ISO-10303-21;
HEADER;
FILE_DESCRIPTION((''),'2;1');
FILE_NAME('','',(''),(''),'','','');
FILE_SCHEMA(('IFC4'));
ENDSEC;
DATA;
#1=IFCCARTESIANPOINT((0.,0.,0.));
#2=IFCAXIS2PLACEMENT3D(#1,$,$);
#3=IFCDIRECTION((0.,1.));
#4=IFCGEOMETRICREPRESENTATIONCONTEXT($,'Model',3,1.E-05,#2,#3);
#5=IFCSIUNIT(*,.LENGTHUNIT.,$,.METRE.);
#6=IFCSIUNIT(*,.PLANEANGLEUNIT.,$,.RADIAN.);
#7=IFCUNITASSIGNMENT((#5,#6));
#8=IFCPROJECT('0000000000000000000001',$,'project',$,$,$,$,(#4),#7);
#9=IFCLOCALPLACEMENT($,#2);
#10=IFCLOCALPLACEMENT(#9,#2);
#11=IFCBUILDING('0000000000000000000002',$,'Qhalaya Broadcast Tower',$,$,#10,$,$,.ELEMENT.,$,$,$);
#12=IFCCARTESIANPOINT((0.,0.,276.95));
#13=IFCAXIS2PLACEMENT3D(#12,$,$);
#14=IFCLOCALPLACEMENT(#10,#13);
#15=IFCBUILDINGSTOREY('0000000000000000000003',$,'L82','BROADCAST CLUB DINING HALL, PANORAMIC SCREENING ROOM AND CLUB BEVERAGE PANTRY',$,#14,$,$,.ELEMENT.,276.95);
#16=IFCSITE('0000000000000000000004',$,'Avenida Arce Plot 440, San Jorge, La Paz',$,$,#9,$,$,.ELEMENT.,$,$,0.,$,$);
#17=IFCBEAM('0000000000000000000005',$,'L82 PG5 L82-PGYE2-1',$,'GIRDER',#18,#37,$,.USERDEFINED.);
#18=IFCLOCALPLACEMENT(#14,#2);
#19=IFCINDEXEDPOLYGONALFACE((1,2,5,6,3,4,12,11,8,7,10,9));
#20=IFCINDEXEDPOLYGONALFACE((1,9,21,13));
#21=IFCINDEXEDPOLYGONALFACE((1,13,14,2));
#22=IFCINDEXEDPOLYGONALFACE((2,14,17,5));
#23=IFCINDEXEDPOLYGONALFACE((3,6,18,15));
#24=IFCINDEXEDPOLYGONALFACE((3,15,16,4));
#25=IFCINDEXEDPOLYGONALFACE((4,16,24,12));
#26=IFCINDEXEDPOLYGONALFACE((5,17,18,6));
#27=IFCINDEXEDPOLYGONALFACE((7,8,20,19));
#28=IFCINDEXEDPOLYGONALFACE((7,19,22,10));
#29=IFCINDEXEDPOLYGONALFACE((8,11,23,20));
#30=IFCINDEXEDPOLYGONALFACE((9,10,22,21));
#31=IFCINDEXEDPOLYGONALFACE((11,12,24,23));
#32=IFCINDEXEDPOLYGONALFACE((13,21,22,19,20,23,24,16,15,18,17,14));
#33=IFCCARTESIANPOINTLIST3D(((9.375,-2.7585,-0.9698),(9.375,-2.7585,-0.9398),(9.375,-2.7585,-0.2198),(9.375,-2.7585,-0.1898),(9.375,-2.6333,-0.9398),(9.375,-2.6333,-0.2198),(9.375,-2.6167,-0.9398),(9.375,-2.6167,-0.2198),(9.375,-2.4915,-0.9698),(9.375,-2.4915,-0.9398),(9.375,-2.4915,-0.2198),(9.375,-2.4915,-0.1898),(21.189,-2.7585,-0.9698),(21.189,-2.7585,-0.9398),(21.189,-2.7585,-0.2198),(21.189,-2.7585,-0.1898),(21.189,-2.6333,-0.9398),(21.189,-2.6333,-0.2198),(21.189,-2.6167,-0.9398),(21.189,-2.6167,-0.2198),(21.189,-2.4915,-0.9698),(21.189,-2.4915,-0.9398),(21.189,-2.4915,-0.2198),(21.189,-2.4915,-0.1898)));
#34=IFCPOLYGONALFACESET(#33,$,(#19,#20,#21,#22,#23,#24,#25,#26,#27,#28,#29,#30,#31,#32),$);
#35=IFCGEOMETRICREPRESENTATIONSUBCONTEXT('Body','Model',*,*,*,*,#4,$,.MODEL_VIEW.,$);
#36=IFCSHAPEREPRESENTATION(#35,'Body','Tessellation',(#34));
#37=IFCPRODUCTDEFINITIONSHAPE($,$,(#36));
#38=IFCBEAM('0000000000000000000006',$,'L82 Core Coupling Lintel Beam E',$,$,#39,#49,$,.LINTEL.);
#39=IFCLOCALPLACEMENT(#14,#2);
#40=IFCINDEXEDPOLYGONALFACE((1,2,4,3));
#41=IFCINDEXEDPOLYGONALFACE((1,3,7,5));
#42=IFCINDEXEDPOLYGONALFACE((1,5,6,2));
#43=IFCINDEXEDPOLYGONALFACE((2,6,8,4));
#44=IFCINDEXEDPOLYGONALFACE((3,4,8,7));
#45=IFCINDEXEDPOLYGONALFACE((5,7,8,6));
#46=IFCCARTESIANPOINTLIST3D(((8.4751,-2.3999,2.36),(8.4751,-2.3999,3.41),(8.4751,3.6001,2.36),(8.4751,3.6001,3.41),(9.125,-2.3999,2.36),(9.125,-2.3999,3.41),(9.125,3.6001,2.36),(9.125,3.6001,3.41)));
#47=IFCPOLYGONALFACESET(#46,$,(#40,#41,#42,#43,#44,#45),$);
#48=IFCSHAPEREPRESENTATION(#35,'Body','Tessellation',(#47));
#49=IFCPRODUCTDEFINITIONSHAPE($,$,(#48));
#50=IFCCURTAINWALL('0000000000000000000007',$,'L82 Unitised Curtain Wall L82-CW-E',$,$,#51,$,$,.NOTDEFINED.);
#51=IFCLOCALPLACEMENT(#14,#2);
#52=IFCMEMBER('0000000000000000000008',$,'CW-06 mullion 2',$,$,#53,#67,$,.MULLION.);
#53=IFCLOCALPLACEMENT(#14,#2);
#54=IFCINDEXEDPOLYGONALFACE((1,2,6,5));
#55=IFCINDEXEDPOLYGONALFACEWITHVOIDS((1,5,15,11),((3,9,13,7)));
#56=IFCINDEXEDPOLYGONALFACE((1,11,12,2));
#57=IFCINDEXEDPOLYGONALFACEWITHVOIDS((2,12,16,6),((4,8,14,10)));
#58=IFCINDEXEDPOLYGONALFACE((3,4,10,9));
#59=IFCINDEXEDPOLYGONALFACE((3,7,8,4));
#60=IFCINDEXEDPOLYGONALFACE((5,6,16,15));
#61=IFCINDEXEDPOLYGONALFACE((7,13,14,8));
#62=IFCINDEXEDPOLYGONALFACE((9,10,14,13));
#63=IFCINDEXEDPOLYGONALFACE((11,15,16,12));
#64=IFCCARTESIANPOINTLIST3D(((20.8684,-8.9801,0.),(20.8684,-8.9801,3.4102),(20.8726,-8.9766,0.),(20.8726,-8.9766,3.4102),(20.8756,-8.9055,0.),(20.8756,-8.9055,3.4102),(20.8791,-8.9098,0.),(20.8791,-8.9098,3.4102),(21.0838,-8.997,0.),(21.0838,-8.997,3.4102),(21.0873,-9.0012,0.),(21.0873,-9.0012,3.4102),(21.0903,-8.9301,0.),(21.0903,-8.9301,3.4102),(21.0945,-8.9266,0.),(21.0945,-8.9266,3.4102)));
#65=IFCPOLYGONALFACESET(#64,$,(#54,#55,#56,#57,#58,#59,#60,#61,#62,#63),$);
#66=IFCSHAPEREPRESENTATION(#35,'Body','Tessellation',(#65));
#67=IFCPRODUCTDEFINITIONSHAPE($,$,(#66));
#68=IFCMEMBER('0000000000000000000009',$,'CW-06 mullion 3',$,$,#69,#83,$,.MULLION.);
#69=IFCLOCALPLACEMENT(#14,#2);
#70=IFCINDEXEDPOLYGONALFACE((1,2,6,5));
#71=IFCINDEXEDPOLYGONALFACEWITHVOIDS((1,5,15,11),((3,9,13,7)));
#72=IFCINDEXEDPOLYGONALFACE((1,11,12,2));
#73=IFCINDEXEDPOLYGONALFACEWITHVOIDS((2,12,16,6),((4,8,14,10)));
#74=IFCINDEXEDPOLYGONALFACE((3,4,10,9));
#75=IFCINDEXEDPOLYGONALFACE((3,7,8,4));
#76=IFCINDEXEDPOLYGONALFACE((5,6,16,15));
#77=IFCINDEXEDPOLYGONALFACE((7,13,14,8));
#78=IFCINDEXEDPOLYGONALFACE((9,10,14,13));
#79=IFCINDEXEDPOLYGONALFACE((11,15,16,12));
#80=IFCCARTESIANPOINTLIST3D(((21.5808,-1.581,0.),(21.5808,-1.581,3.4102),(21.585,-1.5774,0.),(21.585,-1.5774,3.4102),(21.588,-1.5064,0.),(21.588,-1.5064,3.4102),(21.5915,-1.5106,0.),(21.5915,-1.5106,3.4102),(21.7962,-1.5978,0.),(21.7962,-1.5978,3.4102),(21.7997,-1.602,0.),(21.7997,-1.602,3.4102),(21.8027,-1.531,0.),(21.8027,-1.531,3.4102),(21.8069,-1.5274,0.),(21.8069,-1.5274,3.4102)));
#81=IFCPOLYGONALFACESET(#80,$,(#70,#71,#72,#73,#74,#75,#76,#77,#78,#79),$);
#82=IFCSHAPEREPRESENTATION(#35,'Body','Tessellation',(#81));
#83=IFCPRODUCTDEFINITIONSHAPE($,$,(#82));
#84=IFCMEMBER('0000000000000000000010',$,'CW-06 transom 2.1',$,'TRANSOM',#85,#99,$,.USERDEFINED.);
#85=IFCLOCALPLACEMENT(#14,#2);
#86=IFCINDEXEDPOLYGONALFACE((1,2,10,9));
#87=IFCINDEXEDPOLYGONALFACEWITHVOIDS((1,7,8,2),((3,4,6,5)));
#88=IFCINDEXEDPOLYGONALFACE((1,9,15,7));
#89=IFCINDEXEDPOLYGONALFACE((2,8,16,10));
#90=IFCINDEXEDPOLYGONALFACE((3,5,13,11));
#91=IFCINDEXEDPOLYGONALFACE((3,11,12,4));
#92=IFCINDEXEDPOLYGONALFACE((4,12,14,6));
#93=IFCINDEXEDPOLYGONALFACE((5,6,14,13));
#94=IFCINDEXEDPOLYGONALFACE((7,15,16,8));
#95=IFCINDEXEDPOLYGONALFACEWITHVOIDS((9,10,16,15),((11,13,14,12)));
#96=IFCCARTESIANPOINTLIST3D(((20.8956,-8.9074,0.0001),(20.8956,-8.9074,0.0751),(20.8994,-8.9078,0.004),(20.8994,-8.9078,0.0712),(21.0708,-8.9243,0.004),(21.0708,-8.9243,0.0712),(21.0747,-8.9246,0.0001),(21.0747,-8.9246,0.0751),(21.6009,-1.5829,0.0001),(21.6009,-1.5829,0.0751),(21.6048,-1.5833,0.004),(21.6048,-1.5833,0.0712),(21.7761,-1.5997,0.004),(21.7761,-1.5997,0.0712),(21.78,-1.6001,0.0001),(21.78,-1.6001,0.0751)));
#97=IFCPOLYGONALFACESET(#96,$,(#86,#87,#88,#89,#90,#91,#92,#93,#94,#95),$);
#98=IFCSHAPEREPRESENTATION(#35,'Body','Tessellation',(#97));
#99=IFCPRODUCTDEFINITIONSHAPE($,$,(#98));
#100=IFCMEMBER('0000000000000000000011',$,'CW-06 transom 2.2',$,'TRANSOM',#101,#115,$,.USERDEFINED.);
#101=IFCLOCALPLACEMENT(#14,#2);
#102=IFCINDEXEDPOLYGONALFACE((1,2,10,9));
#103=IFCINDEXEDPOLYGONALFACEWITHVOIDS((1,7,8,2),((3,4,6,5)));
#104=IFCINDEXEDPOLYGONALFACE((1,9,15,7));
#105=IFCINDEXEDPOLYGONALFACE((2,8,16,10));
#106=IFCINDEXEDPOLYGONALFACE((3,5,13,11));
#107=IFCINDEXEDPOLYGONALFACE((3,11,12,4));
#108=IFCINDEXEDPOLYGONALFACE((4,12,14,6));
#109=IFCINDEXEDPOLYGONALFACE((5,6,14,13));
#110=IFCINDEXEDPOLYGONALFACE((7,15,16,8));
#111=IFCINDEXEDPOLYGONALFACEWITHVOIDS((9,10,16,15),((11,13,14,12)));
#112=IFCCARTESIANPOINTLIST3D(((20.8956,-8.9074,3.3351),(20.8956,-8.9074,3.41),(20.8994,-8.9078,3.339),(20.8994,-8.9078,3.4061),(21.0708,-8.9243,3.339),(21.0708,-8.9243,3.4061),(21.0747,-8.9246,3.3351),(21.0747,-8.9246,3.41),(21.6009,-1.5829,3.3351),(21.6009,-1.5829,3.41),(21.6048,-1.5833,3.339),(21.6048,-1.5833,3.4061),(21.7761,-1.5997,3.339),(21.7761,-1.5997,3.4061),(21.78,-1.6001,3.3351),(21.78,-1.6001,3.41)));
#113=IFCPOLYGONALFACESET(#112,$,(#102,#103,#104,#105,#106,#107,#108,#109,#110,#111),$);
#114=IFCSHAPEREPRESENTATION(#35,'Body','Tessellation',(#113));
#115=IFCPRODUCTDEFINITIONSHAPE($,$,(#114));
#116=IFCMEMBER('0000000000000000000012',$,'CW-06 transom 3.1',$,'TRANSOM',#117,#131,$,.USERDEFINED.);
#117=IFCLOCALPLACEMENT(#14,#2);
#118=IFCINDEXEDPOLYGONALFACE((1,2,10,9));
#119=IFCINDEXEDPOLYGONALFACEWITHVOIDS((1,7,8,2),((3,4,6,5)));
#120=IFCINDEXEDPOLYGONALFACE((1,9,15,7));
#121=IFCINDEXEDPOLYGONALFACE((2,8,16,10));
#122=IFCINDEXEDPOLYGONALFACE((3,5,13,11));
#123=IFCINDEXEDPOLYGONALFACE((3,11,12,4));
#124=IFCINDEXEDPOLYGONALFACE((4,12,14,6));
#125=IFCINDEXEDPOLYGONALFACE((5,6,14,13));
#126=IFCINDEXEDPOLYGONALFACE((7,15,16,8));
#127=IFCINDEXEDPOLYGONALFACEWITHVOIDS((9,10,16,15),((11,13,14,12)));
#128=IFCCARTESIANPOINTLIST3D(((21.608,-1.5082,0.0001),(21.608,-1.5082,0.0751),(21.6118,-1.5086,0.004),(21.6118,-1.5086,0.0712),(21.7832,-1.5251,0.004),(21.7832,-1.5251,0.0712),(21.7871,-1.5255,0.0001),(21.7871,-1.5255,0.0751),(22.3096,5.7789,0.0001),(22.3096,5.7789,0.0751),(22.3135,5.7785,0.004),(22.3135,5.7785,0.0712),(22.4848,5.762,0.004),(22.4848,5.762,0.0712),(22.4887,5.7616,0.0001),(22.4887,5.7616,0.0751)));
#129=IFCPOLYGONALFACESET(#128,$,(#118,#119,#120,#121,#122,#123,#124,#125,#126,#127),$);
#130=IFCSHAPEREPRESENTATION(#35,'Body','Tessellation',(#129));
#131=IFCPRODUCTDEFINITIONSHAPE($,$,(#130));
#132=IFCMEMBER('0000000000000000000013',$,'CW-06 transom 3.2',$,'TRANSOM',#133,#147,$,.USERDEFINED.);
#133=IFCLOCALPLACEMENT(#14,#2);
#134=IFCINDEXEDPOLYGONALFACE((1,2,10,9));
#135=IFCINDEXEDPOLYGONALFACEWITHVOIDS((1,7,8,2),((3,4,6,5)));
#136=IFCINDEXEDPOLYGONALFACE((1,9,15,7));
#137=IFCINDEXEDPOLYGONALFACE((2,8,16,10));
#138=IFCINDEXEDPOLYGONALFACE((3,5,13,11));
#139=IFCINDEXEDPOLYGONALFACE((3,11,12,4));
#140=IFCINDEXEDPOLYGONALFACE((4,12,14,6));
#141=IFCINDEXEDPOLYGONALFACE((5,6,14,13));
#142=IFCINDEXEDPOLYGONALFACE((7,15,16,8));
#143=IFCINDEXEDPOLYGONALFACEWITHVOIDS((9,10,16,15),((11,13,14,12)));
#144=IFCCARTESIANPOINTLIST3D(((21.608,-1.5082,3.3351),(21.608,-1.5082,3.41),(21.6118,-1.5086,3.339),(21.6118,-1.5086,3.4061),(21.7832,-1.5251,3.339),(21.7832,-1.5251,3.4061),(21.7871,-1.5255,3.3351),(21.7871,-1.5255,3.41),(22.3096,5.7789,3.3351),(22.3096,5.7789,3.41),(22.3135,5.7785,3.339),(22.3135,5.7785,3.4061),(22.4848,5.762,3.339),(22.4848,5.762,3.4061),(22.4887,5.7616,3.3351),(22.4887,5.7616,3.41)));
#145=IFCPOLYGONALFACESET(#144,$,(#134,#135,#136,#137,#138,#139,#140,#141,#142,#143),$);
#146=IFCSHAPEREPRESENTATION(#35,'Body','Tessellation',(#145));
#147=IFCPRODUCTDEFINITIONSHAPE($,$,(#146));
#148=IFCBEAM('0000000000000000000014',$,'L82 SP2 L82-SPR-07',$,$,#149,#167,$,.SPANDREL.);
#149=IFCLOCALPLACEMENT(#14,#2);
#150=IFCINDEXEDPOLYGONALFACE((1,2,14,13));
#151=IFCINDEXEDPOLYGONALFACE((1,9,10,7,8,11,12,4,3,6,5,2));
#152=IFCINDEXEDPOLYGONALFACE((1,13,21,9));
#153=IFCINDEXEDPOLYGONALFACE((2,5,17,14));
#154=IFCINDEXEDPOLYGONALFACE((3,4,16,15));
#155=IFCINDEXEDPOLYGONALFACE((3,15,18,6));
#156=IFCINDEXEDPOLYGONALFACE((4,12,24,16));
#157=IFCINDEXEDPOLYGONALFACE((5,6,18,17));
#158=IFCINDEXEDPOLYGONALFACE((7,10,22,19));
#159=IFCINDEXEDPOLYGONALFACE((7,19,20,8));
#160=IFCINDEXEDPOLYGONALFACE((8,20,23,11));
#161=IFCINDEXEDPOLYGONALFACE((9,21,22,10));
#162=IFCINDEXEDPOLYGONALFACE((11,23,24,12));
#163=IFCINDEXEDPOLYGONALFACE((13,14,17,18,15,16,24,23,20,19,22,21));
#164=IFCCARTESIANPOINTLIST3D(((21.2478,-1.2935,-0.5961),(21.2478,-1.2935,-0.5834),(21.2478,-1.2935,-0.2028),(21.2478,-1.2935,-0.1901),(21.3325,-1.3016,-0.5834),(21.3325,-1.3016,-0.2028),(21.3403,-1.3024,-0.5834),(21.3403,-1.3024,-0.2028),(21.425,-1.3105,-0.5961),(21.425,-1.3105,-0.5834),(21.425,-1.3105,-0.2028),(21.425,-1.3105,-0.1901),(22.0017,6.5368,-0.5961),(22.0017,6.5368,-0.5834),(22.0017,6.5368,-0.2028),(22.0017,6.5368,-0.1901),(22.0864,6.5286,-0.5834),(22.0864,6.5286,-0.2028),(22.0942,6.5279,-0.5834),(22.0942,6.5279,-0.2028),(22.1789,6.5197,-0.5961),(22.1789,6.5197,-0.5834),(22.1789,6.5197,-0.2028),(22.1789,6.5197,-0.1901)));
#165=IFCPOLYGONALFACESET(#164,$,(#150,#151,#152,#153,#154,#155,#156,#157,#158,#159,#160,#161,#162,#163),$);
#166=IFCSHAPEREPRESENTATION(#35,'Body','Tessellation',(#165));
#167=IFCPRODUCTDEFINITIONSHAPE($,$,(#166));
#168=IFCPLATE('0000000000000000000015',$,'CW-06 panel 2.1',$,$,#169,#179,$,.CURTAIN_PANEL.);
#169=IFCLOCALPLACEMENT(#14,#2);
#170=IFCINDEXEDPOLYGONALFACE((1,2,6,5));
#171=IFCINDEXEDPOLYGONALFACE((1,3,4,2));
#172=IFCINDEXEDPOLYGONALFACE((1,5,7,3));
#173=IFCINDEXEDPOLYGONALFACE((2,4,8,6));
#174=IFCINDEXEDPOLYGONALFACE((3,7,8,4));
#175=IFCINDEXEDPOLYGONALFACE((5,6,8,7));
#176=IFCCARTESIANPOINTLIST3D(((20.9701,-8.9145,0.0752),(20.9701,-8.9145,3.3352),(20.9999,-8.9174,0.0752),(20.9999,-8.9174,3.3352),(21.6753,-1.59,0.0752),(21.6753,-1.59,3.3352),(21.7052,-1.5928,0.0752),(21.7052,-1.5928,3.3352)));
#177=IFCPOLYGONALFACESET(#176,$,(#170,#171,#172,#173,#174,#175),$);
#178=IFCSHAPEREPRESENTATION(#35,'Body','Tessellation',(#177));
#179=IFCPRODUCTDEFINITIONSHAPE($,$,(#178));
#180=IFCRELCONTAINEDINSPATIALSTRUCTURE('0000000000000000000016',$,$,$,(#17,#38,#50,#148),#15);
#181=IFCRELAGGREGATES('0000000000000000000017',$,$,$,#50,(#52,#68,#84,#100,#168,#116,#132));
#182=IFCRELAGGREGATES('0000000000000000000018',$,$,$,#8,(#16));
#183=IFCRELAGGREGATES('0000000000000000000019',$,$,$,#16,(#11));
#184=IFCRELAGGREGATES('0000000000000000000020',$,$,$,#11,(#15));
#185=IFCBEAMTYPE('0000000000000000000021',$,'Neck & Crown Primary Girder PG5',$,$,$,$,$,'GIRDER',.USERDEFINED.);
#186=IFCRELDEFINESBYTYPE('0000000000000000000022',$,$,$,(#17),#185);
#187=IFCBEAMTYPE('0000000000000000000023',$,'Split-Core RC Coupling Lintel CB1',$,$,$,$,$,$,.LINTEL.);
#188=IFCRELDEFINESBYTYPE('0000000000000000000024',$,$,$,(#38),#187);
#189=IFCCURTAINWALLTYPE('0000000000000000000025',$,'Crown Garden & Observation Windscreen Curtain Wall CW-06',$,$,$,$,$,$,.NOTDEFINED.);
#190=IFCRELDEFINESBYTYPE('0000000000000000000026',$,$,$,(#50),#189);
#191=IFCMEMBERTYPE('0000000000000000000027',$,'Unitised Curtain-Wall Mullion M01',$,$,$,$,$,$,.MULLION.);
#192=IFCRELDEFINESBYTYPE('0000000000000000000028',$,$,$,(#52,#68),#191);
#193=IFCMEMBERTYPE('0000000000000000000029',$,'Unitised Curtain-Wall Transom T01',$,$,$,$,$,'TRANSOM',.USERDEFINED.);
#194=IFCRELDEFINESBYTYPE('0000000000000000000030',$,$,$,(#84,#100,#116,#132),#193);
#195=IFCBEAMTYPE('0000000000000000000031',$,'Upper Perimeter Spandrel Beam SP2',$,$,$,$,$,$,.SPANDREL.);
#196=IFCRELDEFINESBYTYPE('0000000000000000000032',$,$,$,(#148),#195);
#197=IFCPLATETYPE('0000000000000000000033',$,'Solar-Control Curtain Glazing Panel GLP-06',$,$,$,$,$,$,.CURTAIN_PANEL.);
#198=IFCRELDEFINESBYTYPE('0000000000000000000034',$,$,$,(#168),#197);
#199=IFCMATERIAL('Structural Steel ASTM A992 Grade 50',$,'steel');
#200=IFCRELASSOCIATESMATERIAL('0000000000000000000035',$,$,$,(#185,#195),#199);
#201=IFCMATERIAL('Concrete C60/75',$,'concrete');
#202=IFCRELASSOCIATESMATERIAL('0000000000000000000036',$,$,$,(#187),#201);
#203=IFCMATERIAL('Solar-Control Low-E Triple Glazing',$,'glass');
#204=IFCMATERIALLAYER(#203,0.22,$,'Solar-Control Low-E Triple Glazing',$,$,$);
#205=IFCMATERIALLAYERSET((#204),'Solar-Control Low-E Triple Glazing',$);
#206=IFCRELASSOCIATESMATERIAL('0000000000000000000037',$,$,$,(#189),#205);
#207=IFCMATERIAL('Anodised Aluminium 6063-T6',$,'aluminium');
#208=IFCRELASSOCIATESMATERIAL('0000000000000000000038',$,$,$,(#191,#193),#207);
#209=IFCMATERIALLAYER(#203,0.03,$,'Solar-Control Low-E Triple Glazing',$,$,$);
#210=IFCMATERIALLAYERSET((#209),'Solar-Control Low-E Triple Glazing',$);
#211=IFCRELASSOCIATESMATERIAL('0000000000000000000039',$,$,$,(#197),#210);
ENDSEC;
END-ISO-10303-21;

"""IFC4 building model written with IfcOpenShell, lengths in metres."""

from ifc_helpers import new_model, si_unit, direction, frame, origin, origin_2d, place, context, subcontext, project, spatial, rectangle, hollow_rectangle, i_section, extrude, material, layer, layer_set, material_profile, profile_set, type_object, element, aggregate, save


model = new_model("IFC4")

# Units and contexts
model_context = context("Model", 3, precision=1e-05, world=origin(), true_north=direction((0.0, 1.0)))
body_context = subcontext(model_context, "Body", "Model", "MODEL_VIEW")
ifc_project = project(units=[si_unit("LENGTHUNIT", "METRE"), si_unit("PLANEANGLEUNIT", "RADIAN")], contexts=[model_context])

# Site, building, storey
site_placement = place(None, origin())
site = spatial("IfcSite", under=ifc_project, at=site_placement, Name="Avenida Arce Plot 440, San Jorge, La Paz", CompositionType="ELEMENT", RefElevation=0.0)
building_placement = place(site_placement, origin())
building = spatial("IfcBuilding", under=site, at=building_placement, Name="Qhalaya Broadcast Tower", CompositionType="ELEMENT")
storey_placement = place(building_placement, frame((0.0, 0.0, 276.95)))
storey = spatial("IfcBuildingStorey", under=building, at=storey_placement, Name="L82", Description="BROADCAST CLUB DINING HALL, PANORAMIC SCREENING ROOM AND CLUB BEVERAGE PANTRY", CompositionType="ELEMENT", Elevation=276.95)

# Beams
ifc_material_1 = material(Name="Structural Steel ASTM A992 Grade 50", Category="steel")
ifc_material_profile_1 = material_profile(ifc_material_1, i_section(OverallWidth=0.2671, OverallDepth=0.78, WebThickness=0.0166, FlangeThickness=0.03, at=origin_2d()), Name="W30X148")
ifc_profile_set_1 = profile_set([ifc_material_profile_1], Name="Structural Steel ASTM A992 Grade 50")
beam_type_1 = type_object("IfcBeamType", Name="Neck & Crown Primary Girder PG5", ElementType="GIRDER", PredefinedType="USERDEFINED", material=ifc_profile_set_1)
beam_1_placement = place(storey_placement, frame((9.375, -2.625, -0.5798), z_axis=(1.0, 0.0, 0.0), x_axis=(0.0, 1.0, 0.0)))
element("IfcBeam", 1, at=beam_1_placement, inside=storey, type_object=beam_type_1, Name="L82 PG5 L82-PGYE2-1", ObjectType="GIRDER", PredefinedType="USERDEFINED", context=body_context, shape_type="SweptSolid", body=[
    extrude(i_section(OverallWidth=0.2671, OverallDepth=0.78, WebThickness=0.0166, FlangeThickness=0.03, at=origin_2d()), origin(), (0.0, 0.0, 1.0), 11.814),
])
ifc_material_2 = material(Name="Concrete C60/75", Category="concrete")
ifc_material_profile_2 = material_profile(ifc_material_2, rectangle(XDim=0.6499, YDim=1.05, at=origin_2d()), Name="RC-CB 650x1050")
ifc_profile_set_2 = profile_set([ifc_material_profile_2], Name="Concrete C60/75")
beam_type_2 = type_object("IfcBeamType", Name="Split-Core RC Coupling Lintel CB1", PredefinedType="LINTEL", material=ifc_profile_set_2)
beam_2_placement = place(storey_placement, frame((8.8, -2.3999, 2.885), z_axis=(0.0, 1.0, 0.0), x_axis=(-1.0, 0.0, 0.0)))
element("IfcBeam", 2, at=beam_2_placement, inside=storey, type_object=beam_type_2, Name="L82 Core Coupling Lintel Beam E", PredefinedType="LINTEL", context=body_context, shape_type="SweptSolid", body=[
    extrude(rectangle(XDim=0.6499, YDim=1.05, at=origin_2d()), origin(), (0.0, 0.0, 1.0), 6.0),
])

# Curtain wall, members
ifc_material_3 = material(Name="Solar-Control Low-E Triple Glazing", Category="glass")
ifc_layer_1 = layer(ifc_material_3, 0.22, Name="Solar-Control Low-E Triple Glazing")
ifc_layer_set_1 = layer_set([ifc_layer_1], Name="Solar-Control Low-E Triple Glazing")
curtain_wall_type = type_object("IfcCurtainWallType", Name="Crown Garden & Observation Windscreen Curtain Wall CW-06", PredefinedType="NOTDEFINED", material=ifc_layer_set_1)
curtain_wall_placement = place(storey_placement, origin())
curtain_wall = element("IfcCurtainWall", 3, at=curtain_wall_placement, inside=storey, type_object=curtain_wall_type, Name="L82 Unitised Curtain Wall L82-CW-E", PredefinedType="NOTDEFINED")
ifc_material_4 = material(Name="Anodised Aluminium 6063-T6", Category="aluminium")
ifc_material_profile_3 = material_profile(ifc_material_4, hollow_rectangle(XDim=0.075, YDim=0.22, WallThickness=0.0039, at=origin_2d()), Name="ALU-MUL 75x220x4")
ifc_profile_set_3 = profile_set([ifc_material_profile_3], Name="Anodised Aluminium 6063-T6")
member_type_1 = type_object("IfcMemberType", Name="Unitised Curtain-Wall Mullion M01", PredefinedType="MULLION", material=ifc_profile_set_3)
member_1_placement = place(storey_placement, frame((20.9814, -8.9534, 0.0), z_axis=(0.0, 0.0, 1.0), x_axis=(0.095848, 0.995396, 0.0)))
member_1 = element("IfcMember", 4, at=member_1_placement, type_object=member_type_1, Name="CW-06 mullion 2", PredefinedType="MULLION", context=body_context, shape_type="SweptSolid", body=[
    extrude(hollow_rectangle(XDim=0.075, YDim=0.22, WallThickness=0.0039, at=origin_2d()), origin(), (0.0, 0.0, 1.0), 3.4102),
])
member_2_placement = place(storey_placement, frame((21.6938, -1.5542, 0.0), z_axis=(0.0, 0.0, 1.0), x_axis=(0.095848, 0.995396, 0.0)))
member_2 = element("IfcMember", 5, at=member_2_placement, type_object=member_type_1, Name="CW-06 mullion 3", PredefinedType="MULLION", context=body_context, shape_type="SweptSolid", body=[
    extrude(hollow_rectangle(XDim=0.075, YDim=0.22, WallThickness=0.0039, at=origin_2d()), origin(), (0.0, 0.0, 1.0), 3.4102),
])
ifc_material_profile_4 = material_profile(ifc_material_4, hollow_rectangle(XDim=0.075, YDim=0.1799, WallThickness=0.0039, at=origin_2d()), Name="ALU-TRN 75x180x4")
ifc_profile_set_4 = profile_set([ifc_material_profile_4], Name="Anodised Aluminium 6063-T6")
member_type_2 = type_object("IfcMemberType", Name="Unitised Curtain-Wall Transom T01", ElementType="TRANSOM", PredefinedType="USERDEFINED", material=ifc_profile_set_4)
member_3_placement = place(storey_placement, frame((20.9851, -8.916, 0.0376), z_axis=(0.095853, 0.995395, 0.0), x_axis=(0.0, 0.0, 1.0)))
member_3 = element("IfcMember", 6, at=member_3_placement, type_object=member_type_2, Name="CW-06 transom 2.1", ObjectType="TRANSOM", PredefinedType="USERDEFINED", context=body_context, shape_type="SweptSolid", body=[
    extrude(hollow_rectangle(XDim=0.075, YDim=0.1799, WallThickness=0.0039, at=origin_2d()), origin(), (0.0, 0.0, 1.0), 7.3584),
])
member_4_placement = place(storey_placement, frame((20.9851, -8.916, 3.3726), z_axis=(0.095853, 0.995395, 0.0), x_axis=(0.0, 0.0, 1.0)))
member_4 = element("IfcMember", 7, at=member_4_placement, type_object=member_type_2, Name="CW-06 transom 2.2", ObjectType="TRANSOM", PredefinedType="USERDEFINED", context=body_context, shape_type="SweptSolid", body=[
    extrude(hollow_rectangle(XDim=0.075, YDim=0.1799, WallThickness=0.0039, at=origin_2d()), origin(), (0.0, 0.0, 1.0), 7.3584),
])
member_5_placement = place(storey_placement, frame((21.6975, -1.5168, 0.0376), z_axis=(0.095845, 0.995396, 0.0), x_axis=(0.0, 0.0, 1.0)))
member_5 = element("IfcMember", 8, at=member_5_placement, type_object=member_type_2, Name="CW-06 transom 3.1", ObjectType="TRANSOM", PredefinedType="USERDEFINED", context=body_context, shape_type="SweptSolid", body=[
    extrude(hollow_rectangle(XDim=0.075, YDim=0.1799, WallThickness=0.0039, at=origin_2d()), origin(), (0.0, 0.0, 1.0), 7.3208),
])
member_6_placement = place(storey_placement, frame((21.6975, -1.5168, 3.3726), z_axis=(0.095845, 0.995396, 0.0), x_axis=(0.0, 0.0, 1.0)))
member_6 = element("IfcMember", 9, at=member_6_placement, type_object=member_type_2, Name="CW-06 transom 3.2", ObjectType="TRANSOM", PredefinedType="USERDEFINED", context=body_context, shape_type="SweptSolid", body=[
    extrude(hollow_rectangle(XDim=0.075, YDim=0.1799, WallThickness=0.0039, at=origin_2d()), origin(), (0.0, 0.0, 1.0), 7.3208),
])

# Beam
ifc_material_profile_5 = material_profile(ifc_material_1, i_section(OverallWidth=0.178, OverallDepth=0.406, WebThickness=0.0078, FlangeThickness=0.0127, at=origin_2d()), Name="W16X40")
ifc_profile_set_5 = profile_set([ifc_material_profile_5], Name="Structural Steel ASTM A992 Grade 50")
beam_type_3 = type_object("IfcBeamType", Name="Upper Perimeter Spandrel Beam SP2", PredefinedType="SPANDREL", material=ifc_profile_set_5)
beam_3_placement = place(storey_placement, frame((21.3364, -1.302, -0.3931), z_axis=(0.095837, 0.995397, 0.0), x_axis=(-0.995397, 0.095837, 0.0)))
element("IfcBeam", 10, at=beam_3_placement, inside=storey, type_object=beam_type_3, Name="L82 SP2 L82-SPR-07", PredefinedType="SPANDREL", context=body_context, shape_type="SweptSolid", body=[
    extrude(i_section(OverallWidth=0.178, OverallDepth=0.406, WebThickness=0.0078, FlangeThickness=0.0127, at=origin_2d()), origin(), (0.0, 0.0, 1.0), 7.8665),
])

# Plate
ifc_layer_2 = layer(ifc_material_3, 0.03, Name="Solar-Control Low-E Triple Glazing")
ifc_layer_set_2 = layer_set([ifc_layer_2], Name="Solar-Control Low-E Triple Glazing")
plate_type = type_object("IfcPlateType", Name="Solar-Control Curtain Glazing Panel GLP-06", PredefinedType="CURTAIN_PANEL", material=ifc_layer_set_2)
plate_placement = place(storey_placement, frame((21.3376, -5.2537, 0.0752), z_axis=(0.0, 0.0, 1.0), x_axis=(0.095848, 0.995396, 0.0)))
plate = element("IfcPlate", 11, at=plate_placement, type_object=plate_type, Name="CW-06 panel 2.1", PredefinedType="CURTAIN_PANEL", context=body_context, shape_type="SweptSolid", body=[
    extrude(rectangle(XDim=7.3584, YDim=0.03, at=origin_2d()), origin(), (0.0, 0.0, 1.0), 3.26),
])
aggregate(curtain_wall, [member_1, member_2, member_3, member_4, plate, member_5, member_6])

save(model, "model.ifc")
